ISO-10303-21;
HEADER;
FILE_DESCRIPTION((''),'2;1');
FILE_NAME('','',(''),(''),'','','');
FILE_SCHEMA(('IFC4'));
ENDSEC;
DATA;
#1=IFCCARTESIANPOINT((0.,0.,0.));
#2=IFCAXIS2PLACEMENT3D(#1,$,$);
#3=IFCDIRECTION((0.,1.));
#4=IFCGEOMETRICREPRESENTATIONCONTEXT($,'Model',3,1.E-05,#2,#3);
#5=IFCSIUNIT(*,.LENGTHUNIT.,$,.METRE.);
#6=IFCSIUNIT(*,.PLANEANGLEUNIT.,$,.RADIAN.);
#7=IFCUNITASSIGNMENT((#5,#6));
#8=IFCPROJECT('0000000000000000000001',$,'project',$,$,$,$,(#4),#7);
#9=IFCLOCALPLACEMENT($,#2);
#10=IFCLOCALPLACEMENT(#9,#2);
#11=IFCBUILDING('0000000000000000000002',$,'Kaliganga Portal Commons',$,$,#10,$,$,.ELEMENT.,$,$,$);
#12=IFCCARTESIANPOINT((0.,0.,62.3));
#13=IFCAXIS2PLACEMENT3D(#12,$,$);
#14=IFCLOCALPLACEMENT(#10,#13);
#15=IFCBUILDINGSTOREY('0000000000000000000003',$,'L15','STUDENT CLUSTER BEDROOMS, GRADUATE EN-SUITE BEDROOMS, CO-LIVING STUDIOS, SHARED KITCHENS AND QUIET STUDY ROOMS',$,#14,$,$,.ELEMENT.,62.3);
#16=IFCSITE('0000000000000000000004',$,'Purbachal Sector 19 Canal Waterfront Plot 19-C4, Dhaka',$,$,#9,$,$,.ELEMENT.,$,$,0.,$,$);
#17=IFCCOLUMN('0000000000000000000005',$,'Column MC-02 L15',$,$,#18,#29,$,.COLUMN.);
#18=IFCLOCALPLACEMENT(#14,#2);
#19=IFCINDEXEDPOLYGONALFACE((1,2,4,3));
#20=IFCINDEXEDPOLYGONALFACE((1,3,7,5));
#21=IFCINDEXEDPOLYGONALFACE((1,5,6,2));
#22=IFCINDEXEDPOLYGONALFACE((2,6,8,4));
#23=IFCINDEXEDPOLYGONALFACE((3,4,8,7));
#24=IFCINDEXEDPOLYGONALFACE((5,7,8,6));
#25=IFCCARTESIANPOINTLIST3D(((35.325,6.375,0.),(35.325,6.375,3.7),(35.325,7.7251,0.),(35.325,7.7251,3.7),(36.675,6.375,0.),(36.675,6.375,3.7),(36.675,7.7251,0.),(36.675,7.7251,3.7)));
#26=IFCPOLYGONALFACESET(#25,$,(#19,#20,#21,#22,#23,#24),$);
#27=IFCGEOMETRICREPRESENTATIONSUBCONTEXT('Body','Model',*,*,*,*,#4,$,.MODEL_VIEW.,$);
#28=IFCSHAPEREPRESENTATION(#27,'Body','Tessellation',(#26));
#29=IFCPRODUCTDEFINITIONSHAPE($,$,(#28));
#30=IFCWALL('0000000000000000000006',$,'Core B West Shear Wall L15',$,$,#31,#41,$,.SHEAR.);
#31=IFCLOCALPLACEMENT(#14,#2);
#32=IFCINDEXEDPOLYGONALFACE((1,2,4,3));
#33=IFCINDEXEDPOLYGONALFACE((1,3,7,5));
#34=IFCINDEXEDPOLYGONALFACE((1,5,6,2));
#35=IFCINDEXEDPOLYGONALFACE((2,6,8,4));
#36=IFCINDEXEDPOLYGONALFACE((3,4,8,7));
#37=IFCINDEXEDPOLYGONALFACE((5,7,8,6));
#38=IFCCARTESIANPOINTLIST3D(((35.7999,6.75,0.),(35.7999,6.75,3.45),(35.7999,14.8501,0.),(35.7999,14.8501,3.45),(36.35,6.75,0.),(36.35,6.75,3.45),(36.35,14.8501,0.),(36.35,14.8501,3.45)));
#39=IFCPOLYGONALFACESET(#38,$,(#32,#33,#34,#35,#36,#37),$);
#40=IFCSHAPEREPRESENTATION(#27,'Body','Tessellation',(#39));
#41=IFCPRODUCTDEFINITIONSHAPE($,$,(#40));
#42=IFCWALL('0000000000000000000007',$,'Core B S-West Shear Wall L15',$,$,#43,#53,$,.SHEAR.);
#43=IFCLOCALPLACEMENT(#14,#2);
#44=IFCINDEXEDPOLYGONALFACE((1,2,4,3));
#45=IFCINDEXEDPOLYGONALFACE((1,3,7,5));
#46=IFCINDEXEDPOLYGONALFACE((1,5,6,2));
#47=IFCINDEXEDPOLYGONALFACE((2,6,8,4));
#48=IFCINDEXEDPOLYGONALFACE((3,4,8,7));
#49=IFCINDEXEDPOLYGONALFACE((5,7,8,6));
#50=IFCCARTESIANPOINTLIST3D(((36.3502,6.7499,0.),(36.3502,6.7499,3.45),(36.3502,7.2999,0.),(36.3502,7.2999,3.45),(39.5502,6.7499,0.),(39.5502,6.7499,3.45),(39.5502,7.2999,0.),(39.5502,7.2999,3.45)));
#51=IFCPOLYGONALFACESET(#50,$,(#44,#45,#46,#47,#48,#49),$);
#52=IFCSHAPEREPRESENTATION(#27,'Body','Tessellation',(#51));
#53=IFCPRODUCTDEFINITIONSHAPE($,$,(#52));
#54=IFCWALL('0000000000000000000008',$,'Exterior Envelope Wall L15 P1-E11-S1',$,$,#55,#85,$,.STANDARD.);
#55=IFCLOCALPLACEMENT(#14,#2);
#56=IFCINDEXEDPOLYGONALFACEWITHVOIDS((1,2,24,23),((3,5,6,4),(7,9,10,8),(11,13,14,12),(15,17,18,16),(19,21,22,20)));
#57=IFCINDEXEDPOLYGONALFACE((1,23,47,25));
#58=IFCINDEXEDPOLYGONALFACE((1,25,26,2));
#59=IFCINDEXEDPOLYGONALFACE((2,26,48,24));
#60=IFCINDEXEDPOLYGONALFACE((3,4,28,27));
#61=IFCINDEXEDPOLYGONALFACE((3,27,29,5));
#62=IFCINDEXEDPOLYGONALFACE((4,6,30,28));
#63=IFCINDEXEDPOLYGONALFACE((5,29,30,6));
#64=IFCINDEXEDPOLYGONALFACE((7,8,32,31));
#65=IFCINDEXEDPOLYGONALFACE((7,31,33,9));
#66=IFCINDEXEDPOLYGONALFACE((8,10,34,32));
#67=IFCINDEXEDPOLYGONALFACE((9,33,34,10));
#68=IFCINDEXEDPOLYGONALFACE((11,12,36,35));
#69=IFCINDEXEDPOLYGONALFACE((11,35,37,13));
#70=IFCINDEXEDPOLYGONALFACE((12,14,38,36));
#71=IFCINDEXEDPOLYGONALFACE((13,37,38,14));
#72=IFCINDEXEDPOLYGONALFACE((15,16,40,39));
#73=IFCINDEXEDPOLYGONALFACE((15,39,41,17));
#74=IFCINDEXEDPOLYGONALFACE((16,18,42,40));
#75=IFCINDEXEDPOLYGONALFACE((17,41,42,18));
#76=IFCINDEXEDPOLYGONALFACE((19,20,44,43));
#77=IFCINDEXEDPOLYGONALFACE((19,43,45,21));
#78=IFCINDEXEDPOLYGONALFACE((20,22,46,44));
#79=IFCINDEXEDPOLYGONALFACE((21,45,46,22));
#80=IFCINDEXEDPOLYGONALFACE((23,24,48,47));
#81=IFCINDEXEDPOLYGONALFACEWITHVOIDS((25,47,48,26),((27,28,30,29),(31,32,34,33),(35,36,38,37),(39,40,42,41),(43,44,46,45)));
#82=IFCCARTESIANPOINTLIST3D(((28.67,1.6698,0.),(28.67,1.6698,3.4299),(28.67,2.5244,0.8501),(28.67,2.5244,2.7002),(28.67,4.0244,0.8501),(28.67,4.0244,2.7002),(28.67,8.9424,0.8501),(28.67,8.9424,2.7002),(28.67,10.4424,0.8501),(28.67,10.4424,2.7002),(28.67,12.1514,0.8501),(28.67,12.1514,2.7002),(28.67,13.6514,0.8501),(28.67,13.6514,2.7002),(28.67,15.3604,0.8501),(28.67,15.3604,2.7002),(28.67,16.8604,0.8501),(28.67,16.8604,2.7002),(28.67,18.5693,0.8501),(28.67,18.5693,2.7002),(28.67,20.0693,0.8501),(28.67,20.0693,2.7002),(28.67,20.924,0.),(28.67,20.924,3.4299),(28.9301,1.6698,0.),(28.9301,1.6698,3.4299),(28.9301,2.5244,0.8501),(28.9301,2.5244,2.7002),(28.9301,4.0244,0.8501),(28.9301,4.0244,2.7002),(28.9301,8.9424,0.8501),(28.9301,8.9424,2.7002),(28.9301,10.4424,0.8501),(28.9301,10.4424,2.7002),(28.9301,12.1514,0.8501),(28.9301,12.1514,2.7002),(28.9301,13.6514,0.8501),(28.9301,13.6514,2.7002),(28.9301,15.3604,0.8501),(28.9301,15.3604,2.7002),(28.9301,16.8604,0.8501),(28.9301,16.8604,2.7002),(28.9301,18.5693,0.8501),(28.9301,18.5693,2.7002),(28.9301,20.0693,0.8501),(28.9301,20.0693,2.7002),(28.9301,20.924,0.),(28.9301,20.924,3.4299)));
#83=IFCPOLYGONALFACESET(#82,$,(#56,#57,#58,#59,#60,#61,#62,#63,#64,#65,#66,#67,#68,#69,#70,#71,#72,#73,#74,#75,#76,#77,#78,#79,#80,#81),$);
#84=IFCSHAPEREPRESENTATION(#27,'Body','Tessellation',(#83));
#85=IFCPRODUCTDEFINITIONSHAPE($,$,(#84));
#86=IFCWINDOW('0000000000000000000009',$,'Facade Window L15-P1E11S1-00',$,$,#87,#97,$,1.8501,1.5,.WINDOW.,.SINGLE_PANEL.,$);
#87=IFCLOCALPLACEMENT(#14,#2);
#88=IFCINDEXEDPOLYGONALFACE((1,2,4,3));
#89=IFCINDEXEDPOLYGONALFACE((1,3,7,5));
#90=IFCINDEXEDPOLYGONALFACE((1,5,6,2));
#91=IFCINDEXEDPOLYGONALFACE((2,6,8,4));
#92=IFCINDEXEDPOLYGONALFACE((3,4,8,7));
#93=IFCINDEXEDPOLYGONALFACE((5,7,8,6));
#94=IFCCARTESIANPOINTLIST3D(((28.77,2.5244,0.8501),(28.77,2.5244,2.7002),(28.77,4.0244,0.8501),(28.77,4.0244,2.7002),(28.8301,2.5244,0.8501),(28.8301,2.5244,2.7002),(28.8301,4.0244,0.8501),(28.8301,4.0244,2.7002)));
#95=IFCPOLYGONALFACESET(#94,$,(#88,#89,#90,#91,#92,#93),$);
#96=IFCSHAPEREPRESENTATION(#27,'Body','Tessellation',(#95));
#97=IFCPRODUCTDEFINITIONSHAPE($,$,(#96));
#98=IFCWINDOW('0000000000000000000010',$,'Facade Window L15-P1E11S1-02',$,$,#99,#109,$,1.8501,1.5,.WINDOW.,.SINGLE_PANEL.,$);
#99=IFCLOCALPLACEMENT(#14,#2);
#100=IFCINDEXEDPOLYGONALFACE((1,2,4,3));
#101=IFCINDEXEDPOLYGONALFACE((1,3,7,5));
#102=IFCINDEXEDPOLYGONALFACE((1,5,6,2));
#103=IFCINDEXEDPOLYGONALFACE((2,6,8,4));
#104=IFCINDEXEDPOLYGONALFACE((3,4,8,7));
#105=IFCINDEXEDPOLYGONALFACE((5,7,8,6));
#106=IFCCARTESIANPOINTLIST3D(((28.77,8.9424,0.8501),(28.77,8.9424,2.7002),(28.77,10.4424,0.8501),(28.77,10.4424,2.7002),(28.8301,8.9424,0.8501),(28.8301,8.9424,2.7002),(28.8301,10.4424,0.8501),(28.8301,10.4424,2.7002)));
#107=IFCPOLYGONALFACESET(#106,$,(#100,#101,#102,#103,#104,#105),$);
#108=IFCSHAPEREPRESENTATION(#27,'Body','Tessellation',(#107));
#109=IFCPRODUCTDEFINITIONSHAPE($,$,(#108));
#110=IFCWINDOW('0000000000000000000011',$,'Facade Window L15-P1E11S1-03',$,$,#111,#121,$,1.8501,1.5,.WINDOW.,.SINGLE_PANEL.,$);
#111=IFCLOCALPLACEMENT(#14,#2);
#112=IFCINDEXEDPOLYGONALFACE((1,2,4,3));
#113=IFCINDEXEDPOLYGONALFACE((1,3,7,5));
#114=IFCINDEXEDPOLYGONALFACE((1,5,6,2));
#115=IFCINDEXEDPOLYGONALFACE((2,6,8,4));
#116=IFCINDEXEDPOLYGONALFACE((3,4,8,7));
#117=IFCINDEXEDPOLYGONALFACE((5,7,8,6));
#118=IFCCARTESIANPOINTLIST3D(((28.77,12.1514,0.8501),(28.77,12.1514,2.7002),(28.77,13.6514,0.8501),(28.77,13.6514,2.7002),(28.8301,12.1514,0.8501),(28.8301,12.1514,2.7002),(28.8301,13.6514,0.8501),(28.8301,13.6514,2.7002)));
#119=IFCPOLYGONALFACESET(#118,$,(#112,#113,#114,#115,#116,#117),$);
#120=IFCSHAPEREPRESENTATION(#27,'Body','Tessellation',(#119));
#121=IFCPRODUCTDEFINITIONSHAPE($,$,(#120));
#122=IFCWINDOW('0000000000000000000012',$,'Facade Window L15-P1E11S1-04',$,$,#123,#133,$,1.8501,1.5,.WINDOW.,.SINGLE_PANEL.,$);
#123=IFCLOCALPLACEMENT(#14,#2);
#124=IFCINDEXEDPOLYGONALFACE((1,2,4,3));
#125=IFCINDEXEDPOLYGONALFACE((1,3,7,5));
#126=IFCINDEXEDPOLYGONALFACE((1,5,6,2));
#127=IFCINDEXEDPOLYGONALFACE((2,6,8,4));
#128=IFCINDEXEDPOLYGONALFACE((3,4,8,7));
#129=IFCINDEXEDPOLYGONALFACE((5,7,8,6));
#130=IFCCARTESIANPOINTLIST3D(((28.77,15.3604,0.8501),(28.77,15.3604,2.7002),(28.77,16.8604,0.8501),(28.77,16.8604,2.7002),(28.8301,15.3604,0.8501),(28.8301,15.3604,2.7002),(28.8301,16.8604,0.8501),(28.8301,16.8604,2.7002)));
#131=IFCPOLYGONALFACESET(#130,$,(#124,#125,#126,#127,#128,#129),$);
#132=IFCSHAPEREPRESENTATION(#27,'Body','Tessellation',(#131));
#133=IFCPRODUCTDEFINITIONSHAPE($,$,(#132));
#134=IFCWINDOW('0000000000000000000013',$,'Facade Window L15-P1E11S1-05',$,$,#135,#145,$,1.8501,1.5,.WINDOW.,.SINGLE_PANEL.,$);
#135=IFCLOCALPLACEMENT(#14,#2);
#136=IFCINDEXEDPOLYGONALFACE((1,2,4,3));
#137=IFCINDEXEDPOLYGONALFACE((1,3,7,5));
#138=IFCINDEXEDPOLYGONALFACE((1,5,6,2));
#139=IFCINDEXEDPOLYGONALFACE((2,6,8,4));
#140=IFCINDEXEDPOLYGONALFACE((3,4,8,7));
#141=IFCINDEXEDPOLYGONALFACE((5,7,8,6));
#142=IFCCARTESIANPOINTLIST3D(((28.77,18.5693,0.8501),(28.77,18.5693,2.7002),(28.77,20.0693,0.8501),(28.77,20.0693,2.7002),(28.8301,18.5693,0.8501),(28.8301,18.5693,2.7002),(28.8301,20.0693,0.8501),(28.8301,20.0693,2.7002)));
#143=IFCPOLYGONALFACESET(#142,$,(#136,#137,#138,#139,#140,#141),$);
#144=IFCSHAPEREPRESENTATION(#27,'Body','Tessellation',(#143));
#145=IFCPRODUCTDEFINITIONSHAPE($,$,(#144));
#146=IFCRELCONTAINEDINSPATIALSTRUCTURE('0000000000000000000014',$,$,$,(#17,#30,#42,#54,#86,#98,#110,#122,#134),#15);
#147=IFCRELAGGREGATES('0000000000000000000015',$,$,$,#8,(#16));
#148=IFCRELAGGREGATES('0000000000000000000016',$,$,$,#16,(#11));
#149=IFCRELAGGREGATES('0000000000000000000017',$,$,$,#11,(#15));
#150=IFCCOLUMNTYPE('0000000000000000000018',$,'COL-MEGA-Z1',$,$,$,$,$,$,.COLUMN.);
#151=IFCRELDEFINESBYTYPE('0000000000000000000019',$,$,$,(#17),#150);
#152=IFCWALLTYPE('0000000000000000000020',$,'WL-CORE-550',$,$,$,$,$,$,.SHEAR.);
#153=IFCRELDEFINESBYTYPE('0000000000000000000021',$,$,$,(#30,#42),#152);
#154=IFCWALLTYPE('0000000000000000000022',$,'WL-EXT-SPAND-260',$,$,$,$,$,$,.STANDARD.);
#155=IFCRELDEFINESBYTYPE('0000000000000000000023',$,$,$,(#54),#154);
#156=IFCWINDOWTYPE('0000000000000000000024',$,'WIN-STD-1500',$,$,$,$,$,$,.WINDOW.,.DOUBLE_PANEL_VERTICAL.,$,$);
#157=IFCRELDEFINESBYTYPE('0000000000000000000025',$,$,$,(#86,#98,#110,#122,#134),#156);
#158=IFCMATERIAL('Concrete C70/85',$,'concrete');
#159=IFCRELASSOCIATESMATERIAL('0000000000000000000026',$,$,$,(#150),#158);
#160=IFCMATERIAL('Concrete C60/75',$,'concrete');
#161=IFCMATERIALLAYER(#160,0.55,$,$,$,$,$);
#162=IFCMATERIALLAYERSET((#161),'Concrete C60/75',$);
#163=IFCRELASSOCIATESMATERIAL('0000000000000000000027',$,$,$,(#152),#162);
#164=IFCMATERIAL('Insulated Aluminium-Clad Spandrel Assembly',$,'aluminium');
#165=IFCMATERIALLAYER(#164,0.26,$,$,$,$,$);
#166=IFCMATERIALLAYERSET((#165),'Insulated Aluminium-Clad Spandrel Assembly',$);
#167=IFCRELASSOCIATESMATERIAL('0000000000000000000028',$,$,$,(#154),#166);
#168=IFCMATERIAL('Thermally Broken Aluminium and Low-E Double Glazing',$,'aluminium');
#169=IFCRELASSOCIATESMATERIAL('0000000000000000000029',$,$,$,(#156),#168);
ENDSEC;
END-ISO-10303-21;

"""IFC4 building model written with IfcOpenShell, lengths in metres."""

from ifc_helpers import new_model, si_unit, direction, frame, frame_2d, origin, origin_2d, place, context, subcontext, project, spatial, rectangle, extrude, source, transform, mapped, material, layer, layer_set, material_profile, profile_set, type_object, element, fill, save


model = new_model("IFC4")

# Units and contexts
model_context = context("Model", 3, precision=1e-05, world=origin(), true_north=direction((0.0, 1.0)))
body_context = subcontext(model_context, "Body", "Model", "MODEL_VIEW")
ifc_project = project(units=[si_unit("LENGTHUNIT", "METRE"), si_unit("PLANEANGLEUNIT", "RADIAN")], contexts=[model_context])

# Site, building, storey
site_placement = place(None, origin())
site = spatial("IfcSite", under=ifc_project, at=site_placement, Name="Purbachal Sector 19 Canal Waterfront Plot 19-C4, Dhaka", CompositionType="ELEMENT", RefElevation=0.0)
building_placement = place(site_placement, origin())
building = spatial("IfcBuilding", under=site, at=building_placement, Name="Kaliganga Portal Commons", CompositionType="ELEMENT")
storey_placement = place(building_placement, frame((0.0, 0.0, 62.3)))
storey = spatial("IfcBuildingStorey", under=building, at=storey_placement, Name="L15", Description="STUDENT CLUSTER BEDROOMS, GRADUATE EN-SUITE BEDROOMS, CO-LIVING STUDIOS, SHARED KITCHENS AND QUIET STUDY ROOMS", CompositionType="ELEMENT", Elevation=62.3)

# Column
ifc_material_1 = material(Name="Concrete C70/85", Category="concrete")
ifc_material_profile = material_profile(ifc_material_1, rectangle(XDim=1.3501, YDim=1.3501, at=origin_2d()), Name="RC 1350x1350")
ifc_profile_set = profile_set([ifc_material_profile], Name="Concrete C70/85")
column_type = type_object("IfcColumnType", Name="COL-MEGA-Z1", PredefinedType="COLUMN", material=ifc_profile_set)
shared_shape = source(origin(), body_context, "Body", "SweptSolid", [
    extrude(rectangle(XDim=1.3501, YDim=1.3501, at=origin_2d()), origin(), (0.0, 0.0, 1.0), 3.7),
])
column_placement = place(storey_placement, frame((36.0, 7.05, 0.0), z_axis=(0.0, 0.0, 1.0), x_axis=(1.0, 0.0, 0.0)))
element("IfcColumn", 1, at=column_placement, inside=storey, type_object=column_type, Name="Column MC-02 L15", PredefinedType="COLUMN", context=body_context, shape_type="MappedRepresentation", body=[
    mapped(shared_shape, transform((0.0, 0.0, 0.0), x_axis=(1.0, 0.0, 0.0), y_axis=(0.0, 1.0, 0.0), z_axis=(0.0, 0.0, 1.0), scale=1.0)),
])

# Walls
ifc_material_2 = material(Name="Concrete C60/75", Category="concrete")
ifc_layer_1 = layer(ifc_material_2, 0.55)
ifc_layer_set_1 = layer_set([ifc_layer_1], Name="Concrete C60/75")
wall_type_1 = type_object("IfcWallType", Name="WL-CORE-550", PredefinedType="SHEAR", material=ifc_layer_set_1)
wall_1_placement = place(storey_placement, frame((36.075, 6.75, 0.0), z_axis=(0.0, 0.0, 1.0), x_axis=(0.0, 1.0, 0.0)))
element("IfcWall", 2, at=wall_1_placement, inside=storey, type_object=wall_type_1, Name="Core B West Shear Wall L15", PredefinedType="SHEAR", context=body_context, shape_type="SweptSolid", body=[
    extrude(rectangle(XDim=8.1001, YDim=0.55, at=frame_2d((4.05, 0.0))), origin(), (0.0, 0.0, 1.0), 3.45),
])
wall_2_placement = place(storey_placement, frame((36.3501, 7.0249, 0.0), z_axis=(0.0, 0.0, 1.0), x_axis=(1.0, 0.0, 0.0)))
element("IfcWall", 3, at=wall_2_placement, inside=storey, type_object=wall_type_1, Name="Core B S-West Shear Wall L15", PredefinedType="SHEAR", context=body_context, shape_type="SweptSolid", body=[
    extrude(rectangle(XDim=3.2, YDim=0.55, at=frame_2d((1.6001, 0.0))), origin(), (0.0, 0.0, 1.0), 3.45),
])

# Wall, openings, windows
ifc_material_3 = material(Name="Insulated Aluminium-Clad Spandrel Assembly", Category="aluminium")
ifc_layer_2 = layer(ifc_material_3, 0.26)
ifc_layer_set_2 = layer_set([ifc_layer_2], Name="Insulated Aluminium-Clad Spandrel Assembly")
wall_type_2 = type_object("IfcWallType", Name="WL-EXT-SPAND-260", PredefinedType="STANDARD", material=ifc_layer_set_2)
wall_3_placement = place(storey_placement, frame((28.8, 1.6699, 0.0), z_axis=(0.0, 0.0, 1.0), x_axis=(0.0, 1.0, 0.0)))
wall_3 = element("IfcWall", 4, at=wall_3_placement, inside=storey, type_object=wall_type_2, Name="Exterior Envelope Wall L15 P1-E11-S1", PredefinedType="STANDARD", context=body_context, shape_type="SweptSolid", body=[
    extrude(rectangle(XDim=19.2542, YDim=0.26, at=frame_2d((9.627, 0.0))), origin(), (0.0, 0.0, 1.0), 3.4299),
])
opening_1_placement = place(wall_3_placement, frame((0.8545, 0.0, 0.8501)))
opening_1 = element("IfcOpeningElement", 5, at=opening_1_placement, cuts=wall_3, PredefinedType="OPENING", context=body_context, shape_type="SweptSolid", body=[
    extrude(rectangle(XDim=1.5, YDim=1.8501, at=frame_2d((0.75, 0.925))), frame((0.0, 0.1401, 0.0), z_axis=(0.0, -1.0, 0.0), x_axis=(1.0, 0.0, 0.0)), (0.0, 0.0, 1.0), 0.28),
])
opening_2_placement = place(wall_3_placement, frame((7.2725, 0.0, 0.8501)))
opening_2 = element("IfcOpeningElement", 6, at=opening_2_placement, cuts=wall_3, PredefinedType="OPENING", context=body_context, shape_type="SweptSolid", body=[
    extrude(rectangle(XDim=1.5, YDim=1.8501, at=frame_2d((0.75, 0.925))), frame((0.0, 0.1401, 0.0), z_axis=(0.0, -1.0, 0.0), x_axis=(1.0, 0.0, 0.0)), (0.0, 0.0, 1.0), 0.28),
])
opening_3_placement = place(wall_3_placement, frame((10.4814, 0.0, 0.8501)))
opening_3 = element("IfcOpeningElement", 7, at=opening_3_placement, cuts=wall_3, PredefinedType="OPENING", context=body_context, shape_type="SweptSolid", body=[
    extrude(rectangle(XDim=1.5, YDim=1.8501, at=frame_2d((0.75, 0.925))), frame((0.0, 0.1401, 0.0), z_axis=(0.0, -1.0, 0.0), x_axis=(1.0, 0.0, 0.0)), (0.0, 0.0, 1.0), 0.28),
])
opening_4_placement = place(wall_3_placement, frame((13.6904, 0.0, 0.8501)))
opening_4 = element("IfcOpeningElement", 8, at=opening_4_placement, cuts=wall_3, PredefinedType="OPENING", context=body_context, shape_type="SweptSolid", body=[
    extrude(rectangle(XDim=1.5, YDim=1.8501, at=frame_2d((0.75, 0.925))), frame((0.0, 0.1401, 0.0), z_axis=(0.0, -1.0, 0.0), x_axis=(1.0, 0.0, 0.0)), (0.0, 0.0, 1.0), 0.28),
])
opening_5_placement = place(wall_3_placement, frame((16.8994, 0.0, 0.8501)))
opening_5 = element("IfcOpeningElement", 9, at=opening_5_placement, cuts=wall_3, PredefinedType="OPENING", context=body_context, shape_type="SweptSolid", body=[
    extrude(rectangle(XDim=1.5, YDim=1.8501, at=frame_2d((0.75, 0.925))), frame((0.0, 0.1401, 0.0), z_axis=(0.0, -1.0, 0.0), x_axis=(1.0, 0.0, 0.0)), (0.0, 0.0, 1.0), 0.28),
])
ifc_material_4 = material(Name="Thermally Broken Aluminium and Low-E Double Glazing", Category="aluminium")
window_type = type_object("IfcWindowType", Name="WIN-STD-1500", PartitioningType="DOUBLE_PANEL_VERTICAL", PredefinedType="WINDOW", material=ifc_material_4)
window_1_placement = place(opening_1_placement, origin())
window_1 = element("IfcWindow", 10, at=window_1_placement, inside=storey, type_object=window_type, Name="Facade Window L15-P1E11S1-00", OverallHeight=1.8501, OverallWidth=1.5, PartitioningType="SINGLE_PANEL", PredefinedType="WINDOW", context=body_context, shape_type="SweptSolid", body=[
    extrude(rectangle(XDim=1.5, YDim=1.8501, at=frame_2d((0.75, 0.925))), frame((0.0, 0.03, 0.0), z_axis=(0.0, -1.0, 0.0), x_axis=(1.0, 0.0, 0.0)), (0.0, 0.0, 1.0), 0.0601),
])
fill(opening_1, window_1)
window_2_placement = place(opening_2_placement, origin())
window_2 = element("IfcWindow", 11, at=window_2_placement, inside=storey, type_object=window_type, Name="Facade Window L15-P1E11S1-02", OverallHeight=1.8501, OverallWidth=1.5, PartitioningType="SINGLE_PANEL", PredefinedType="WINDOW", context=body_context, shape_type="SweptSolid", body=[
    extrude(rectangle(XDim=1.5, YDim=1.8501, at=frame_2d((0.75, 0.925))), frame((0.0, 0.03, 0.0), z_axis=(0.0, -1.0, 0.0), x_axis=(1.0, 0.0, 0.0)), (0.0, 0.0, 1.0), 0.0601),
])
fill(opening_2, window_2)
window_3_placement = place(opening_3_placement, origin())
window_3 = element("IfcWindow", 12, at=window_3_placement, inside=storey, type_object=window_type, Name="Facade Window L15-P1E11S1-03", OverallHeight=1.8501, OverallWidth=1.5, PartitioningType="SINGLE_PANEL", PredefinedType="WINDOW", context=body_context, shape_type="SweptSolid", body=[
    extrude(rectangle(XDim=1.5, YDim=1.8501, at=frame_2d((0.75, 0.925))), frame((0.0, 0.03, 0.0), z_axis=(0.0, -1.0, 0.0), x_axis=(1.0, 0.0, 0.0)), (0.0, 0.0, 1.0), 0.0601),
])
fill(opening_3, window_3)
window_4_placement = place(opening_4_placement, origin())
window_4 = element("IfcWindow", 13, at=window_4_placement, inside=storey, type_object=window_type, Name="Facade Window L15-P1E11S1-04", OverallHeight=1.8501, OverallWidth=1.5, PartitioningType="SINGLE_PANEL", PredefinedType="WINDOW", context=body_context, shape_type="SweptSolid", body=[
    extrude(rectangle(XDim=1.5, YDim=1.8501, at=frame_2d((0.75, 0.925))), frame((0.0, 0.03, 0.0), z_axis=(0.0, -1.0, 0.0), x_axis=(1.0, 0.0, 0.0)), (0.0, 0.0, 1.0), 0.0601),
])
fill(opening_4, window_4)
window_5_placement = place(opening_5_placement, origin())
window_5 = element("IfcWindow", 14, at=window_5_placement, inside=storey, type_object=window_type, Name="Facade Window L15-P1E11S1-05", OverallHeight=1.8501, OverallWidth=1.5, PartitioningType="SINGLE_PANEL", PredefinedType="WINDOW", context=body_context, shape_type="SweptSolid", body=[
    extrude(rectangle(XDim=1.5, YDim=1.8501, at=frame_2d((0.75, 0.925))), frame((0.0, 0.03, 0.0), z_axis=(0.0, -1.0, 0.0), x_axis=(1.0, 0.0, 0.0)), (0.0, 0.0, 1.0), 0.0601),
])
fill(opening_5, window_5)

save(model, "model.ifc")
